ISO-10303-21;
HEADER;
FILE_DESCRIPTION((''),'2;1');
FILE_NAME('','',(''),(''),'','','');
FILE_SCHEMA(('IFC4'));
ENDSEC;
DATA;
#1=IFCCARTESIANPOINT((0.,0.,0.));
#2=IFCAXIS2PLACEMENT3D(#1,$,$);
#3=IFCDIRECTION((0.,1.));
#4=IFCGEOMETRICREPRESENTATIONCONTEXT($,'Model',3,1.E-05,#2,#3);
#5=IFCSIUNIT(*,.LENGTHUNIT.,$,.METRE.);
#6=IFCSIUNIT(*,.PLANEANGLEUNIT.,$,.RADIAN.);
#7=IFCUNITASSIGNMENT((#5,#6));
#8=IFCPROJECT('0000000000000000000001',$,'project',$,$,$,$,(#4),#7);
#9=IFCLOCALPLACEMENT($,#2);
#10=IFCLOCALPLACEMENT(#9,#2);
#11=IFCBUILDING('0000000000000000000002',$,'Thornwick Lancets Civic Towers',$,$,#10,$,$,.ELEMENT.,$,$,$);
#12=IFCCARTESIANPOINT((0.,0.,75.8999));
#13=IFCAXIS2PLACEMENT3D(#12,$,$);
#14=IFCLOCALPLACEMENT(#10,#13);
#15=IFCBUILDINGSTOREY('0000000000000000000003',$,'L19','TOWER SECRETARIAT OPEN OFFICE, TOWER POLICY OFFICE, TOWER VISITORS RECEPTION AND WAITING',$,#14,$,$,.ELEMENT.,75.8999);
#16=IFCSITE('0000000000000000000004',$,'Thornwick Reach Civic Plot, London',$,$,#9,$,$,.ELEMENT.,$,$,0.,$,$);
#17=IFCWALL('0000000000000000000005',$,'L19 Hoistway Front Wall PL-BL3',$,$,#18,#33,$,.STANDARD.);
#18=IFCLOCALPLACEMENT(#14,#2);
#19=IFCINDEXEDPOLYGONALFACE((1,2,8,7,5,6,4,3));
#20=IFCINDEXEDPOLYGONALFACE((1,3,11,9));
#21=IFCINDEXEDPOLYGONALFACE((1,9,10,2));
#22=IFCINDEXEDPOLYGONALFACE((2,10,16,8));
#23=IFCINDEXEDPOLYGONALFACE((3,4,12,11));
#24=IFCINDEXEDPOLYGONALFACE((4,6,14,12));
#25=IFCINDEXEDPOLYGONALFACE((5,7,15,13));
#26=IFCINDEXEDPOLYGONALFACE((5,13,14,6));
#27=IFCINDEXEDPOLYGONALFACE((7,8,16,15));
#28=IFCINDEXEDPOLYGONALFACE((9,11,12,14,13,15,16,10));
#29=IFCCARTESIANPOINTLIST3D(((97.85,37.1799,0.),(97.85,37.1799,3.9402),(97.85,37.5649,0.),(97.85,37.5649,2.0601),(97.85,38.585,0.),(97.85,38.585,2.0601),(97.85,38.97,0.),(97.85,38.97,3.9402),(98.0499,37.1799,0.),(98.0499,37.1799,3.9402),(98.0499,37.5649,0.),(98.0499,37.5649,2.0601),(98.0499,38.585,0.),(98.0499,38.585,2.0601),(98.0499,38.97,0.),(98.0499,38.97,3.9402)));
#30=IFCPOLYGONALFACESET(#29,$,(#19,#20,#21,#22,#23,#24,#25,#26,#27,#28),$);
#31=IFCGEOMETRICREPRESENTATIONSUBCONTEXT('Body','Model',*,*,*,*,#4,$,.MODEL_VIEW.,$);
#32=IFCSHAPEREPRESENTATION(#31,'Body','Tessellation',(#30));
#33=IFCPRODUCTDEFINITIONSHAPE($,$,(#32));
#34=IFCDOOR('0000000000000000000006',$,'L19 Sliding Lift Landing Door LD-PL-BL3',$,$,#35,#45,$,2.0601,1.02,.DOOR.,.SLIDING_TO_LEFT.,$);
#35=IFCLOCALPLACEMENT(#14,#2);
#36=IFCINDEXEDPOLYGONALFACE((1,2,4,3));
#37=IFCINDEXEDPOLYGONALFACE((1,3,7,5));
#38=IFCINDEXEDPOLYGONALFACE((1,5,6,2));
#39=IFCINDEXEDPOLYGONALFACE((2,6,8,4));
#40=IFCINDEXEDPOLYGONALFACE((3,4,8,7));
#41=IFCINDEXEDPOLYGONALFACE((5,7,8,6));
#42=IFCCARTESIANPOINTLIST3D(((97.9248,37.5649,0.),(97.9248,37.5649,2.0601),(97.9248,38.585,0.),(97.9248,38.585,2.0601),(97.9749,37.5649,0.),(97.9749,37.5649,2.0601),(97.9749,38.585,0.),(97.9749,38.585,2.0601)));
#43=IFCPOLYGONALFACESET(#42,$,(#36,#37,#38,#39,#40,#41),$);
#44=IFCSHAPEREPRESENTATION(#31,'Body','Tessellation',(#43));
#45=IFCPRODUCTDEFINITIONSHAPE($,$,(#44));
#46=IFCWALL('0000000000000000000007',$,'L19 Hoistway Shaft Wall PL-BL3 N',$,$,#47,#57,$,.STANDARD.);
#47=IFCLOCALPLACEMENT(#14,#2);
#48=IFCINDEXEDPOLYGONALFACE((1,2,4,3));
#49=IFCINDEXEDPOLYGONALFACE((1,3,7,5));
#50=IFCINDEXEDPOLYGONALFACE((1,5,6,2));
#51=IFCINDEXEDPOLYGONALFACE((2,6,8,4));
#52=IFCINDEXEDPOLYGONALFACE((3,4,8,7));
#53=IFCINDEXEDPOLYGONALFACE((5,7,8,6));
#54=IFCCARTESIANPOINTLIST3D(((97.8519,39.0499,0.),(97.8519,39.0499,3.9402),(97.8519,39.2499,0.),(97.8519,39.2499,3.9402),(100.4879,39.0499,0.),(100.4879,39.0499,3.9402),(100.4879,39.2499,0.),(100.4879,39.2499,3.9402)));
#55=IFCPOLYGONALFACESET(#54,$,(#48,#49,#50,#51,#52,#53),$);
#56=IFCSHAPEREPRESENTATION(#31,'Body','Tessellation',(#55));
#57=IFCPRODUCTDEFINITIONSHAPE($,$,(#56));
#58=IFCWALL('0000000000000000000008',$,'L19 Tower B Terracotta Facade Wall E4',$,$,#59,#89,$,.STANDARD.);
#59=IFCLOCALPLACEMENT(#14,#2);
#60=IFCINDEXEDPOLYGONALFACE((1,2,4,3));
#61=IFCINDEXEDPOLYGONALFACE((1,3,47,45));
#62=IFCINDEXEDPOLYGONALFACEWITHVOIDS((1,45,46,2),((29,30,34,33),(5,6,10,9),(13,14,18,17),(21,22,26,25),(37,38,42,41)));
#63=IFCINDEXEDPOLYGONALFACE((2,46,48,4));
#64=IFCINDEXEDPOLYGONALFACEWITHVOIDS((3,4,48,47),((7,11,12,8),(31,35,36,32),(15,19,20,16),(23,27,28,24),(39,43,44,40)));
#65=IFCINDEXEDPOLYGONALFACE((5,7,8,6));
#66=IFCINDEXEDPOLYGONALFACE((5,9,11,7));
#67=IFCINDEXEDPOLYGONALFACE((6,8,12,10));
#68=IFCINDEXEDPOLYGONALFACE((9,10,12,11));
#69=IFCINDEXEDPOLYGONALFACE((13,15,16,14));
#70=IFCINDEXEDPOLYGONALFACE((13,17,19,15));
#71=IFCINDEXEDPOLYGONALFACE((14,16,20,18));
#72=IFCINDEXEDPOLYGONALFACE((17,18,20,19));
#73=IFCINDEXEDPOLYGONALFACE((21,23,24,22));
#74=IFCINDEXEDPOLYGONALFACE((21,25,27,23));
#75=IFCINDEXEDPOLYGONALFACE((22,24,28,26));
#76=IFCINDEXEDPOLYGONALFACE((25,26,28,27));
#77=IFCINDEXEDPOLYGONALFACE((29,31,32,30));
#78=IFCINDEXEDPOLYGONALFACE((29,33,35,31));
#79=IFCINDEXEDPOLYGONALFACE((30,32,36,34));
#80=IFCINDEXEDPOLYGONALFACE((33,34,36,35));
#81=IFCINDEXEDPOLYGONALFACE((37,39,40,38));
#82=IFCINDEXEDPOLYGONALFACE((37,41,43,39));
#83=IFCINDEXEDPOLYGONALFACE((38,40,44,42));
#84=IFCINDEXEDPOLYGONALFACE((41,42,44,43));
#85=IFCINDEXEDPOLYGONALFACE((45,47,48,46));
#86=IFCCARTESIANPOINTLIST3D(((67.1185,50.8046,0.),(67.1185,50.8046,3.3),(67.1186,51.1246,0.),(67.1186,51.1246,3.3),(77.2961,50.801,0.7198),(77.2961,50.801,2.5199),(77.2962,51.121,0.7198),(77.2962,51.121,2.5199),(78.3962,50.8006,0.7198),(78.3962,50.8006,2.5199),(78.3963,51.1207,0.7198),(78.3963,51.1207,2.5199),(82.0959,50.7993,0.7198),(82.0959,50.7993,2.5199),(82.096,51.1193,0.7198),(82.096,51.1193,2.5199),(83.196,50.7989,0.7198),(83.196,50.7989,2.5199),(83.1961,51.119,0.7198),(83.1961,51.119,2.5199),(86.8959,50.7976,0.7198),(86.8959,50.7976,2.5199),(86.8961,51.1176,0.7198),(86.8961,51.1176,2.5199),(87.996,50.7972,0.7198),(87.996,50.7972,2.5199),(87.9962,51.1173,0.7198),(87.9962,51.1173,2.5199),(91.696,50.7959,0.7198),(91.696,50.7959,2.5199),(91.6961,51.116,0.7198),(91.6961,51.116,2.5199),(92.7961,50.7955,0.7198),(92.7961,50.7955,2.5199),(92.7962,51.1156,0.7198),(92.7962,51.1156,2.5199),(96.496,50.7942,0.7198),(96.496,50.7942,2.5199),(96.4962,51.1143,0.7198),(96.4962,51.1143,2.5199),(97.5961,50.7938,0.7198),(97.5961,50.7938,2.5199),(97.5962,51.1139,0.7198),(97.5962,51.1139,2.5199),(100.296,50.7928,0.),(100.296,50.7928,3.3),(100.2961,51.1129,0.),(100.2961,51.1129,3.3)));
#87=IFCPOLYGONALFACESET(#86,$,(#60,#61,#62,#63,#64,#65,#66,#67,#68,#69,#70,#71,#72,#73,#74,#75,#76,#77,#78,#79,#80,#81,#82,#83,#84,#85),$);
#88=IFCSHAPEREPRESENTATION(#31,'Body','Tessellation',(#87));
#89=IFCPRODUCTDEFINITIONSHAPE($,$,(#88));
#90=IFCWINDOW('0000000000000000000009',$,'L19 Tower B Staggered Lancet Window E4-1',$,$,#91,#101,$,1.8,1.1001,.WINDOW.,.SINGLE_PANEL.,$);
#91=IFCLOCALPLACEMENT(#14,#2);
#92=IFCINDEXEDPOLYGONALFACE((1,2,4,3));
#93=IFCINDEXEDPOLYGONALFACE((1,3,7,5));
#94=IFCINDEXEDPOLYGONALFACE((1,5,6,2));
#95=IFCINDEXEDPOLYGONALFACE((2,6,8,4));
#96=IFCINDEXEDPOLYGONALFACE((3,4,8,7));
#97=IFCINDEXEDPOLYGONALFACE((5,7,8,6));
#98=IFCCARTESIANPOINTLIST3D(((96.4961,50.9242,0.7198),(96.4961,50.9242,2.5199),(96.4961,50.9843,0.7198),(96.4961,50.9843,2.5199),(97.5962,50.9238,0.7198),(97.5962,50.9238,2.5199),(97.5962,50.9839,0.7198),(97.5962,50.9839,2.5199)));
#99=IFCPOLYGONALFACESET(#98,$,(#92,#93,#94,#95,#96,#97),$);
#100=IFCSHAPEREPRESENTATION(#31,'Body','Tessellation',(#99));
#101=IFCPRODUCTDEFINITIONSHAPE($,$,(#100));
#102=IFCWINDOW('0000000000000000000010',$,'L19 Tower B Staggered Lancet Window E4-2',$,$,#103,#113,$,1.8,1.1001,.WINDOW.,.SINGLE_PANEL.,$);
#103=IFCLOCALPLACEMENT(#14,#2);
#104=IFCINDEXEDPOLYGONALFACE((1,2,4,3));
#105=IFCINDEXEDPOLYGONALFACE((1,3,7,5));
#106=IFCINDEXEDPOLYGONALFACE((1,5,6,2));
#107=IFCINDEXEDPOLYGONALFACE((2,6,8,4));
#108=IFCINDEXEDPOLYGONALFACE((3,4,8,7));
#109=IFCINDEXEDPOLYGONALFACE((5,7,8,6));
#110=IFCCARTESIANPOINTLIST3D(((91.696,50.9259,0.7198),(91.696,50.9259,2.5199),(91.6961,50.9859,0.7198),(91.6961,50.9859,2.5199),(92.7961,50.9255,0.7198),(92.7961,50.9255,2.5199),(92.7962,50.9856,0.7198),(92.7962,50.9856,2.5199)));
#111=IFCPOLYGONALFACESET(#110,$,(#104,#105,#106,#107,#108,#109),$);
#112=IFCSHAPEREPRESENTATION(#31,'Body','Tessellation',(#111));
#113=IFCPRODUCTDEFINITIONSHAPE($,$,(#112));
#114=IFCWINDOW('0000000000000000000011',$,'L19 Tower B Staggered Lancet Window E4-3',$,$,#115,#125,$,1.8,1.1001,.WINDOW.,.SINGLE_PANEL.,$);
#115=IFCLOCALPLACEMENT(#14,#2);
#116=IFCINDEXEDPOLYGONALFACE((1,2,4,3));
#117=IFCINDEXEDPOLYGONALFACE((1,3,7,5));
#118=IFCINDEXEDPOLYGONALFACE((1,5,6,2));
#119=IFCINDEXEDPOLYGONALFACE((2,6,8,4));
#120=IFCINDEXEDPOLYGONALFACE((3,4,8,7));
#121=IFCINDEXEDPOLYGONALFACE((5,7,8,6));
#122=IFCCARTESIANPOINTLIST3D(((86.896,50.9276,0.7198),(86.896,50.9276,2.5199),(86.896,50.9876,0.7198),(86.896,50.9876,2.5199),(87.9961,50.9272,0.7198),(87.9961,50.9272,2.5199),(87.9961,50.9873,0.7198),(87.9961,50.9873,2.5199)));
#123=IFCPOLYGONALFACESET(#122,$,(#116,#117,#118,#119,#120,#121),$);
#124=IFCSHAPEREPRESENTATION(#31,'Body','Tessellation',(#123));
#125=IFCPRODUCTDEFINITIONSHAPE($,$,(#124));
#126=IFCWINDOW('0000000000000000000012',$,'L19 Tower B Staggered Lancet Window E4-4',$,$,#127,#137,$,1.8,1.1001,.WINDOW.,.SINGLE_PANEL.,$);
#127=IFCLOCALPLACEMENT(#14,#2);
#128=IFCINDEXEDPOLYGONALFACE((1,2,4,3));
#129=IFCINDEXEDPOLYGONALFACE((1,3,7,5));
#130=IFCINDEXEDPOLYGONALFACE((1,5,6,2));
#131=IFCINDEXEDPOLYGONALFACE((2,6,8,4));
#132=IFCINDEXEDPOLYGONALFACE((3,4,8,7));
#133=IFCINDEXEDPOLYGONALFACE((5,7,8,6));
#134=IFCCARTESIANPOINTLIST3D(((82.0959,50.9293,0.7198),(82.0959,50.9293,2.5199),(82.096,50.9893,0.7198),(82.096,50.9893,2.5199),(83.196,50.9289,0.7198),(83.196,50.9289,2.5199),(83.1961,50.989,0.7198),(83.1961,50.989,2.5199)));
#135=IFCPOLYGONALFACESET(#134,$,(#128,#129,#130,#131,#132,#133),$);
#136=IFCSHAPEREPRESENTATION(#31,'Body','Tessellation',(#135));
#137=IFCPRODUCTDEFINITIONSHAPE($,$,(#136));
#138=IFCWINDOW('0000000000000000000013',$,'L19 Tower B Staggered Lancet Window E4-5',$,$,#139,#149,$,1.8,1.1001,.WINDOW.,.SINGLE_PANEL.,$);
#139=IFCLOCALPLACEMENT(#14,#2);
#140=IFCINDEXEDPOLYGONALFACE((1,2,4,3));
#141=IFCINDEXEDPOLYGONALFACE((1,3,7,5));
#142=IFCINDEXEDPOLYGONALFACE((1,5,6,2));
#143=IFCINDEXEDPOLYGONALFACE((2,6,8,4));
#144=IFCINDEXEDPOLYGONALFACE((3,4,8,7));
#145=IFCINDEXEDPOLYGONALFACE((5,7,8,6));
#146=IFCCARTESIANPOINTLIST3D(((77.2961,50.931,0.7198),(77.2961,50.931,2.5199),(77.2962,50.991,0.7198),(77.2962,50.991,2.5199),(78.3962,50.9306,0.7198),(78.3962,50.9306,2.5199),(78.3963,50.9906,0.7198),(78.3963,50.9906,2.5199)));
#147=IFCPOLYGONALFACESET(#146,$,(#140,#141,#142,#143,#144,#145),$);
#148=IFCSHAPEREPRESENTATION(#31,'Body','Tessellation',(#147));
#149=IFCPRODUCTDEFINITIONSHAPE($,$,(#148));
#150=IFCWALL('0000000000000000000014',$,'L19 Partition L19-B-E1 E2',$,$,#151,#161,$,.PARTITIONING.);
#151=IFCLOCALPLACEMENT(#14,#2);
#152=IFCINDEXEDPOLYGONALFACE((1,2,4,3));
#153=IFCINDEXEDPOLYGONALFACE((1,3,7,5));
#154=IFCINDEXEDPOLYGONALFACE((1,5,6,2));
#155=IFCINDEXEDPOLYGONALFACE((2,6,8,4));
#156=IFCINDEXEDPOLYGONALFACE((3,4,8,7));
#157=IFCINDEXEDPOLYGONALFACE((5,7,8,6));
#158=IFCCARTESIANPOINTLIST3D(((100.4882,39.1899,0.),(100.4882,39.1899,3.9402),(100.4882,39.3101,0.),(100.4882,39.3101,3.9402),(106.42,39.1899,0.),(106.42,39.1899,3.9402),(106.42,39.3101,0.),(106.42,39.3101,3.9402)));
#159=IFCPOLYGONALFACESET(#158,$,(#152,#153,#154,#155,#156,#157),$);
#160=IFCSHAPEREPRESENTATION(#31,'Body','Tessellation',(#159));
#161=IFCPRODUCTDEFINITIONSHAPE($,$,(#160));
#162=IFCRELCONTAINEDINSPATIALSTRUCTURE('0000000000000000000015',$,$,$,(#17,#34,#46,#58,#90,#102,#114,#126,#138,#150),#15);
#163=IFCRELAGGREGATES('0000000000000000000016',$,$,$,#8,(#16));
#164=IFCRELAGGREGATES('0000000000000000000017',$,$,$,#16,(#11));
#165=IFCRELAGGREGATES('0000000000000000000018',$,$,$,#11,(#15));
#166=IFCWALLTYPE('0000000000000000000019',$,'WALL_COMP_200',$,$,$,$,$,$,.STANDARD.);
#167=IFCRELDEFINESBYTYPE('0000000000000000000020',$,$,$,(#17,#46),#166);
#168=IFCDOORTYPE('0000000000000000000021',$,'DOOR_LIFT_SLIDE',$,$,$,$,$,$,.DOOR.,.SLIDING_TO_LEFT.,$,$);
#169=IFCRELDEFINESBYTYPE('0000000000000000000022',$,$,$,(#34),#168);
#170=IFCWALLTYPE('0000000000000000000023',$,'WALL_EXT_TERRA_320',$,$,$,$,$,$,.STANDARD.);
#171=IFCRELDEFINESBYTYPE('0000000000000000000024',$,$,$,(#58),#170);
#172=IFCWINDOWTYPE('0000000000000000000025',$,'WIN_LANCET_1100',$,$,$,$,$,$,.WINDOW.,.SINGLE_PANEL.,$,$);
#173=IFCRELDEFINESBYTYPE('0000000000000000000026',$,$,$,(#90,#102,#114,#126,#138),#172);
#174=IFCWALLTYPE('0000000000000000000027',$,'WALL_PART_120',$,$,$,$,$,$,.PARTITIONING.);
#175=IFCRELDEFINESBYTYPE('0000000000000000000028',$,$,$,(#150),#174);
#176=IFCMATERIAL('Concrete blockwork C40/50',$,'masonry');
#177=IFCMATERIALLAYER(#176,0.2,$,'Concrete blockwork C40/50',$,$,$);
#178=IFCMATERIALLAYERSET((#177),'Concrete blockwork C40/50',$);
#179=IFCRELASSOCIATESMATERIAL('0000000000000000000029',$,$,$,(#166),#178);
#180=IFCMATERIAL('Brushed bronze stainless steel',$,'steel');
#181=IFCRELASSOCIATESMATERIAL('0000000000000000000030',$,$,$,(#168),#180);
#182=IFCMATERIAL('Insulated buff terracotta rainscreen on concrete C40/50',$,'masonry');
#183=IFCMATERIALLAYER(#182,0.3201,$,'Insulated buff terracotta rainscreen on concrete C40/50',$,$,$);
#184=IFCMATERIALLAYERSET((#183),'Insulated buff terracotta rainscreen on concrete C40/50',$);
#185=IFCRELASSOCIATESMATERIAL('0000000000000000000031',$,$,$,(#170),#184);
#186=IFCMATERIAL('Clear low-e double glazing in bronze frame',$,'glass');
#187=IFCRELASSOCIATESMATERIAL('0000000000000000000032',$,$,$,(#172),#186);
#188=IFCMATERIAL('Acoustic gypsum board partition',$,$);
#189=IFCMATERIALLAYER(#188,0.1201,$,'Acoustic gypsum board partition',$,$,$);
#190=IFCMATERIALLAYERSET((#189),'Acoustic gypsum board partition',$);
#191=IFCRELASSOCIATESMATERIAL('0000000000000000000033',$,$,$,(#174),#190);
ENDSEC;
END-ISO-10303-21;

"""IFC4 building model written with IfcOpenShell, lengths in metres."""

from ifc_helpers import new_model, si_unit, direction, frame, frame_2d, origin, place, context, subcontext, project, spatial, rectangle, extrude, material, layer, layer_set, type_object, element, fill, save


model = new_model("IFC4")

# Units and contexts
model_context = context("Model", 3, precision=1e-05, world=origin(), true_north=direction((0.0, 1.0)))
body_context = subcontext(model_context, "Body", "Model", "MODEL_VIEW")
ifc_project = project(units=[si_unit("LENGTHUNIT", "METRE"), si_unit("PLANEANGLEUNIT", "RADIAN")], contexts=[model_context])

# Site, building, storey
site_placement = place(None, origin())
site = spatial("IfcSite", under=ifc_project, at=site_placement, Name="Thornwick Reach Civic Plot, London", CompositionType="ELEMENT", RefElevation=0.0)
building_placement = place(site_placement, origin())
building = spatial("IfcBuilding", under=site, at=building_placement, Name="Thornwick Lancets Civic Towers", CompositionType="ELEMENT")
storey_placement = place(building_placement, frame((0.0, 0.0, 75.8999)))
storey = spatial("IfcBuildingStorey", under=building, at=storey_placement, Name="L19", Description="TOWER SECRETARIAT OPEN OFFICE, TOWER POLICY OFFICE, TOWER VISITORS RECEPTION AND WAITING", CompositionType="ELEMENT", Elevation=75.8999)

# Wall, opening, door
ifc_material_1 = material(Name="Concrete blockwork C40/50", Category="masonry")
ifc_layer_1 = layer(ifc_material_1, 0.2, Name="Concrete blockwork C40/50")
ifc_layer_set_1 = layer_set([ifc_layer_1], Name="Concrete blockwork C40/50")
wall_type_1 = type_object("IfcWallType", Name="WALL_COMP_200", PredefinedType="STANDARD", material=ifc_layer_set_1)
wall_1_placement = place(storey_placement, frame((97.95, 38.97, 0.0), z_axis=(0.0, 0.0, 1.0), x_axis=(0.0, -1.0, 0.0)))
wall_1 = element("IfcWall", 1, at=wall_1_placement, inside=storey, type_object=wall_type_1, Name="L19 Hoistway Front Wall PL-BL3", PredefinedType="STANDARD", context=body_context, shape_type="SweptSolid", body=[
    extrude(rectangle(XDim=1.79, YDim=0.2, at=frame_2d((0.895, 0.0))), origin(), (0.0, 0.0, 1.0), 3.9402),
])
opening_1_placement = place(wall_1_placement, frame((0.385, 0.0, 0.0)))
opening_1 = element("IfcOpeningElement", 2, at=opening_1_placement, cuts=wall_1, PredefinedType="OPENING", context=body_context, shape_type="SweptSolid", body=[
    extrude(rectangle(XDim=1.02, YDim=2.0601, at=frame_2d((0.51, 1.03))), frame((0.0, 0.1099, 0.0), z_axis=(0.0, -1.0, 0.0), x_axis=(1.0, 0.0, 0.0)), (0.0, 0.0, 1.0), 0.22),
])
ifc_material_2 = material(Name="Brushed bronze stainless steel", Category="steel")
door_type = type_object("IfcDoorType", Name="DOOR_LIFT_SLIDE", OperationType="SLIDING_TO_LEFT", PredefinedType="DOOR", material=ifc_material_2)
door_placement = place(opening_1_placement, origin())
door = element("IfcDoor", 3, at=door_placement, inside=storey, type_object=door_type, Name="L19 Sliding Lift Landing Door LD-PL-BL3", OperationType="SLIDING_TO_LEFT", OverallHeight=2.0601, OverallWidth=1.02, PredefinedType="DOOR", context=body_context, shape_type="SweptSolid", body=[
    extrude(rectangle(XDim=1.02, YDim=2.0601, at=frame_2d((0.51, 1.03))), frame((0.0, 0.0249, 0.0), z_axis=(0.0, -1.0, 0.0), x_axis=(1.0, 0.0, 0.0)), (0.0, 0.0, 1.0), 0.05),
])
fill(opening_1, door)

# Wall
wall_2_placement = place(storey_placement, frame((97.8521, 39.1499, 0.0), z_axis=(0.0, 0.0, 1.0), x_axis=(1.0, 0.0, 0.0)))
element("IfcWall", 4, at=wall_2_placement, inside=storey, type_object=wall_type_1, Name="L19 Hoistway Shaft Wall PL-BL3 N", PredefinedType="STANDARD", context=body_context, shape_type="SweptSolid", body=[
    extrude(rectangle(XDim=2.636, YDim=0.2, at=frame_2d((1.3179, 0.0))), origin(), (0.0, 0.0, 1.0), 3.9402),
])

# Wall, openings, windows
ifc_material_3 = material(Name="Insulated buff terracotta rainscreen on concrete C40/50", Category="masonry")
ifc_layer_2 = layer(ifc_material_3, 0.3201, Name="Insulated buff terracotta rainscreen on concrete C40/50")
ifc_layer_set_2 = layer_set([ifc_layer_2], Name="Insulated buff terracotta rainscreen on concrete C40/50")
wall_type_2 = type_object("IfcWallType", Name="WALL_EXT_TERRA_320", PredefinedType="STANDARD", material=ifc_layer_set_2)
wall_3_placement = place(storey_placement, frame((100.2961, 50.9529, 0.0), z_axis=(0.0, 0.0, 1.0), x_axis=(-1.0, 0.000353, 0.0)))
wall_3 = element("IfcWall", 5, at=wall_3_placement, inside=storey, type_object=wall_type_2, Name="L19 Tower B Terracotta Facade Wall E4", PredefinedType="STANDARD", context=body_context, shape_type="SweptSolid", body=[
    extrude(rectangle(XDim=33.1775, YDim=0.3201, at=frame_2d((16.5889, 0.0))), origin(), (0.0, 0.0, 1.0), 3.3),
])
opening_2_placement = place(wall_3_placement, frame((2.7, 0.0, 0.72)))
opening_2 = element("IfcOpeningElement", 6, at=opening_2_placement, cuts=wall_3, PredefinedType="OPENING", context=body_context, shape_type="SweptSolid", body=[
    extrude(rectangle(XDim=1.1001, YDim=1.8, at=frame_2d((0.55, 0.8999))), frame((0.0, 0.1699, 0.0), z_axis=(0.0, -1.0, 0.0), x_axis=(1.0, 0.0, 0.0)), (0.0, 0.0, 1.0), 0.3401),
])
opening_3_placement = place(wall_3_placement, frame((7.5, 0.0, 0.72)))
opening_3 = element("IfcOpeningElement", 7, at=opening_3_placement, cuts=wall_3, PredefinedType="OPENING", context=body_context, shape_type="SweptSolid", body=[
    extrude(rectangle(XDim=1.1001, YDim=1.8, at=frame_2d((0.55, 0.8999))), frame((0.0, 0.1699, 0.0), z_axis=(0.0, -1.0, 0.0), x_axis=(1.0, 0.0, 0.0)), (0.0, 0.0, 1.0), 0.3401),
])
opening_4_placement = place(wall_3_placement, frame((12.3, 0.0, 0.72)))
opening_4 = element("IfcOpeningElement", 8, at=opening_4_placement, cuts=wall_3, PredefinedType="OPENING", context=body_context, shape_type="SweptSolid", body=[
    extrude(rectangle(XDim=1.1001, YDim=1.8, at=frame_2d((0.55, 0.8999))), frame((0.0, 0.1699, 0.0), z_axis=(0.0, -1.0, 0.0), x_axis=(1.0, 0.0, 0.0)), (0.0, 0.0, 1.0), 0.3401),
])
opening_5_placement = place(wall_3_placement, frame((17.1001, 0.0, 0.72)))
opening_5 = element("IfcOpeningElement", 9, at=opening_5_placement, cuts=wall_3, PredefinedType="OPENING", context=body_context, shape_type="SweptSolid", body=[
    extrude(rectangle(XDim=1.1001, YDim=1.8, at=frame_2d((0.55, 0.8999))), frame((0.0, 0.1699, 0.0), z_axis=(0.0, -1.0, 0.0), x_axis=(1.0, 0.0, 0.0)), (0.0, 0.0, 1.0), 0.3401),
])
opening_6_placement = place(wall_3_placement, frame((21.8999, 0.0, 0.72)))
opening_6 = element("IfcOpeningElement", 10, at=opening_6_placement, cuts=wall_3, PredefinedType="OPENING", context=body_context, shape_type="SweptSolid", body=[
    extrude(rectangle(XDim=1.1001, YDim=1.8, at=frame_2d((0.55, 0.8999))), frame((0.0, 0.1699, 0.0), z_axis=(0.0, -1.0, 0.0), x_axis=(1.0, 0.0, 0.0)), (0.0, 0.0, 1.0), 0.3401),
])
ifc_material_4 = material(Name="Clear low-e double glazing in bronze frame", Category="glass")
window_type = type_object("IfcWindowType", Name="WIN_LANCET_1100", PartitioningType="SINGLE_PANEL", PredefinedType="WINDOW", material=ifc_material_4)
window_1_placement = place(opening_2_placement, origin())
window_1 = element("IfcWindow", 11, at=window_1_placement, inside=storey, type_object=window_type, Name="L19 Tower B Staggered Lancet Window E4-1", OverallHeight=1.8, OverallWidth=1.1001, PartitioningType="SINGLE_PANEL", PredefinedType="WINDOW", context=body_context, shape_type="SweptSolid", body=[
    extrude(rectangle(XDim=1.1001, YDim=1.8, at=frame_2d((0.55, 0.8999))), frame((0.0, 0.03, 0.0), z_axis=(0.0, -1.0, 0.0), x_axis=(1.0, 0.0, 0.0)), (0.0, 0.0, 1.0), 0.0601),
])
fill(opening_2, window_1)
window_2_placement = place(opening_3_placement, origin())
window_2 = element("IfcWindow", 12, at=window_2_placement, inside=storey, type_object=window_type, Name="L19 Tower B Staggered Lancet Window E4-2", OverallHeight=1.8, OverallWidth=1.1001, PartitioningType="SINGLE_PANEL", PredefinedType="WINDOW", context=body_context, shape_type="SweptSolid", body=[
    extrude(rectangle(XDim=1.1001, YDim=1.8, at=frame_2d((0.55, 0.8999))), frame((0.0, 0.03, 0.0), z_axis=(0.0, -1.0, 0.0), x_axis=(1.0, 0.0, 0.0)), (0.0, 0.0, 1.0), 0.0601),
])
fill(opening_3, window_2)
window_3_placement = place(opening_4_placement, origin())
window_3 = element("IfcWindow", 13, at=window_3_placement, inside=storey, type_object=window_type, Name="L19 Tower B Staggered Lancet Window E4-3", OverallHeight=1.8, OverallWidth=1.1001, PartitioningType="SINGLE_PANEL", PredefinedType="WINDOW", context=body_context, shape_type="SweptSolid", body=[
    extrude(rectangle(XDim=1.1001, YDim=1.8, at=frame_2d((0.55, 0.8999))), frame((0.0, 0.03, 0.0), z_axis=(0.0, -1.0, 0.0), x_axis=(1.0, 0.0, 0.0)), (0.0, 0.0, 1.0), 0.0601),
])
fill(opening_4, window_3)
window_4_placement = place(opening_5_placement, origin())
window_4 = element("IfcWindow", 14, at=window_4_placement, inside=storey, type_object=window_type, Name="L19 Tower B Staggered Lancet Window E4-4", OverallHeight=1.8, OverallWidth=1.1001, PartitioningType="SINGLE_PANEL", PredefinedType="WINDOW", context=body_context, shape_type="SweptSolid", body=[
    extrude(rectangle(XDim=1.1001, YDim=1.8, at=frame_2d((0.55, 0.8999))), frame((0.0, 0.03, 0.0), z_axis=(0.0, -1.0, 0.0), x_axis=(1.0, 0.0, 0.0)), (0.0, 0.0, 1.0), 0.0601),
])
fill(opening_5, window_4)
window_5_placement = place(opening_6_placement, origin())
window_5 = element("IfcWindow", 15, at=window_5_placement, inside=storey, type_object=window_type, Name="L19 Tower B Staggered Lancet Window E4-5", OverallHeight=1.8, OverallWidth=1.1001, PartitioningType="SINGLE_PANEL", PredefinedType="WINDOW", context=body_context, shape_type="SweptSolid", body=[
    extrude(rectangle(XDim=1.1001, YDim=1.8, at=frame_2d((0.55, 0.8999))), frame((0.0, 0.03, 0.0), z_axis=(0.0, -1.0, 0.0), x_axis=(1.0, 0.0, 0.0)), (0.0, 0.0, 1.0), 0.0601),
])
fill(opening_6, window_5)

# Wall
ifc_material_5 = material(Name="Acoustic gypsum board partition")
ifc_layer_3 = layer(ifc_material_5, 0.1201, Name="Acoustic gypsum board partition")
ifc_layer_set_3 = layer_set([ifc_layer_3], Name="Acoustic gypsum board partition")
wall_type_3 = type_object("IfcWallType", Name="WALL_PART_120", PredefinedType="PARTITIONING", material=ifc_layer_set_3)
wall_4_placement = place(storey_placement, frame((106.4199, 39.25, 0.0), z_axis=(0.0, 0.0, 1.0), x_axis=(-1.0, 0.0, 0.0)))
element("IfcWall", 16, at=wall_4_placement, inside=storey, type_object=wall_type_3, Name="L19 Partition L19-B-E1 E2", PredefinedType="PARTITIONING", context=body_context, shape_type="SweptSolid", body=[
    extrude(rectangle(XDim=5.9319, YDim=0.1201, at=frame_2d((2.9658, 0.0))), origin(), (0.0, 0.0, 1.0), 3.9402),
])

save(model, "model.ifc")
